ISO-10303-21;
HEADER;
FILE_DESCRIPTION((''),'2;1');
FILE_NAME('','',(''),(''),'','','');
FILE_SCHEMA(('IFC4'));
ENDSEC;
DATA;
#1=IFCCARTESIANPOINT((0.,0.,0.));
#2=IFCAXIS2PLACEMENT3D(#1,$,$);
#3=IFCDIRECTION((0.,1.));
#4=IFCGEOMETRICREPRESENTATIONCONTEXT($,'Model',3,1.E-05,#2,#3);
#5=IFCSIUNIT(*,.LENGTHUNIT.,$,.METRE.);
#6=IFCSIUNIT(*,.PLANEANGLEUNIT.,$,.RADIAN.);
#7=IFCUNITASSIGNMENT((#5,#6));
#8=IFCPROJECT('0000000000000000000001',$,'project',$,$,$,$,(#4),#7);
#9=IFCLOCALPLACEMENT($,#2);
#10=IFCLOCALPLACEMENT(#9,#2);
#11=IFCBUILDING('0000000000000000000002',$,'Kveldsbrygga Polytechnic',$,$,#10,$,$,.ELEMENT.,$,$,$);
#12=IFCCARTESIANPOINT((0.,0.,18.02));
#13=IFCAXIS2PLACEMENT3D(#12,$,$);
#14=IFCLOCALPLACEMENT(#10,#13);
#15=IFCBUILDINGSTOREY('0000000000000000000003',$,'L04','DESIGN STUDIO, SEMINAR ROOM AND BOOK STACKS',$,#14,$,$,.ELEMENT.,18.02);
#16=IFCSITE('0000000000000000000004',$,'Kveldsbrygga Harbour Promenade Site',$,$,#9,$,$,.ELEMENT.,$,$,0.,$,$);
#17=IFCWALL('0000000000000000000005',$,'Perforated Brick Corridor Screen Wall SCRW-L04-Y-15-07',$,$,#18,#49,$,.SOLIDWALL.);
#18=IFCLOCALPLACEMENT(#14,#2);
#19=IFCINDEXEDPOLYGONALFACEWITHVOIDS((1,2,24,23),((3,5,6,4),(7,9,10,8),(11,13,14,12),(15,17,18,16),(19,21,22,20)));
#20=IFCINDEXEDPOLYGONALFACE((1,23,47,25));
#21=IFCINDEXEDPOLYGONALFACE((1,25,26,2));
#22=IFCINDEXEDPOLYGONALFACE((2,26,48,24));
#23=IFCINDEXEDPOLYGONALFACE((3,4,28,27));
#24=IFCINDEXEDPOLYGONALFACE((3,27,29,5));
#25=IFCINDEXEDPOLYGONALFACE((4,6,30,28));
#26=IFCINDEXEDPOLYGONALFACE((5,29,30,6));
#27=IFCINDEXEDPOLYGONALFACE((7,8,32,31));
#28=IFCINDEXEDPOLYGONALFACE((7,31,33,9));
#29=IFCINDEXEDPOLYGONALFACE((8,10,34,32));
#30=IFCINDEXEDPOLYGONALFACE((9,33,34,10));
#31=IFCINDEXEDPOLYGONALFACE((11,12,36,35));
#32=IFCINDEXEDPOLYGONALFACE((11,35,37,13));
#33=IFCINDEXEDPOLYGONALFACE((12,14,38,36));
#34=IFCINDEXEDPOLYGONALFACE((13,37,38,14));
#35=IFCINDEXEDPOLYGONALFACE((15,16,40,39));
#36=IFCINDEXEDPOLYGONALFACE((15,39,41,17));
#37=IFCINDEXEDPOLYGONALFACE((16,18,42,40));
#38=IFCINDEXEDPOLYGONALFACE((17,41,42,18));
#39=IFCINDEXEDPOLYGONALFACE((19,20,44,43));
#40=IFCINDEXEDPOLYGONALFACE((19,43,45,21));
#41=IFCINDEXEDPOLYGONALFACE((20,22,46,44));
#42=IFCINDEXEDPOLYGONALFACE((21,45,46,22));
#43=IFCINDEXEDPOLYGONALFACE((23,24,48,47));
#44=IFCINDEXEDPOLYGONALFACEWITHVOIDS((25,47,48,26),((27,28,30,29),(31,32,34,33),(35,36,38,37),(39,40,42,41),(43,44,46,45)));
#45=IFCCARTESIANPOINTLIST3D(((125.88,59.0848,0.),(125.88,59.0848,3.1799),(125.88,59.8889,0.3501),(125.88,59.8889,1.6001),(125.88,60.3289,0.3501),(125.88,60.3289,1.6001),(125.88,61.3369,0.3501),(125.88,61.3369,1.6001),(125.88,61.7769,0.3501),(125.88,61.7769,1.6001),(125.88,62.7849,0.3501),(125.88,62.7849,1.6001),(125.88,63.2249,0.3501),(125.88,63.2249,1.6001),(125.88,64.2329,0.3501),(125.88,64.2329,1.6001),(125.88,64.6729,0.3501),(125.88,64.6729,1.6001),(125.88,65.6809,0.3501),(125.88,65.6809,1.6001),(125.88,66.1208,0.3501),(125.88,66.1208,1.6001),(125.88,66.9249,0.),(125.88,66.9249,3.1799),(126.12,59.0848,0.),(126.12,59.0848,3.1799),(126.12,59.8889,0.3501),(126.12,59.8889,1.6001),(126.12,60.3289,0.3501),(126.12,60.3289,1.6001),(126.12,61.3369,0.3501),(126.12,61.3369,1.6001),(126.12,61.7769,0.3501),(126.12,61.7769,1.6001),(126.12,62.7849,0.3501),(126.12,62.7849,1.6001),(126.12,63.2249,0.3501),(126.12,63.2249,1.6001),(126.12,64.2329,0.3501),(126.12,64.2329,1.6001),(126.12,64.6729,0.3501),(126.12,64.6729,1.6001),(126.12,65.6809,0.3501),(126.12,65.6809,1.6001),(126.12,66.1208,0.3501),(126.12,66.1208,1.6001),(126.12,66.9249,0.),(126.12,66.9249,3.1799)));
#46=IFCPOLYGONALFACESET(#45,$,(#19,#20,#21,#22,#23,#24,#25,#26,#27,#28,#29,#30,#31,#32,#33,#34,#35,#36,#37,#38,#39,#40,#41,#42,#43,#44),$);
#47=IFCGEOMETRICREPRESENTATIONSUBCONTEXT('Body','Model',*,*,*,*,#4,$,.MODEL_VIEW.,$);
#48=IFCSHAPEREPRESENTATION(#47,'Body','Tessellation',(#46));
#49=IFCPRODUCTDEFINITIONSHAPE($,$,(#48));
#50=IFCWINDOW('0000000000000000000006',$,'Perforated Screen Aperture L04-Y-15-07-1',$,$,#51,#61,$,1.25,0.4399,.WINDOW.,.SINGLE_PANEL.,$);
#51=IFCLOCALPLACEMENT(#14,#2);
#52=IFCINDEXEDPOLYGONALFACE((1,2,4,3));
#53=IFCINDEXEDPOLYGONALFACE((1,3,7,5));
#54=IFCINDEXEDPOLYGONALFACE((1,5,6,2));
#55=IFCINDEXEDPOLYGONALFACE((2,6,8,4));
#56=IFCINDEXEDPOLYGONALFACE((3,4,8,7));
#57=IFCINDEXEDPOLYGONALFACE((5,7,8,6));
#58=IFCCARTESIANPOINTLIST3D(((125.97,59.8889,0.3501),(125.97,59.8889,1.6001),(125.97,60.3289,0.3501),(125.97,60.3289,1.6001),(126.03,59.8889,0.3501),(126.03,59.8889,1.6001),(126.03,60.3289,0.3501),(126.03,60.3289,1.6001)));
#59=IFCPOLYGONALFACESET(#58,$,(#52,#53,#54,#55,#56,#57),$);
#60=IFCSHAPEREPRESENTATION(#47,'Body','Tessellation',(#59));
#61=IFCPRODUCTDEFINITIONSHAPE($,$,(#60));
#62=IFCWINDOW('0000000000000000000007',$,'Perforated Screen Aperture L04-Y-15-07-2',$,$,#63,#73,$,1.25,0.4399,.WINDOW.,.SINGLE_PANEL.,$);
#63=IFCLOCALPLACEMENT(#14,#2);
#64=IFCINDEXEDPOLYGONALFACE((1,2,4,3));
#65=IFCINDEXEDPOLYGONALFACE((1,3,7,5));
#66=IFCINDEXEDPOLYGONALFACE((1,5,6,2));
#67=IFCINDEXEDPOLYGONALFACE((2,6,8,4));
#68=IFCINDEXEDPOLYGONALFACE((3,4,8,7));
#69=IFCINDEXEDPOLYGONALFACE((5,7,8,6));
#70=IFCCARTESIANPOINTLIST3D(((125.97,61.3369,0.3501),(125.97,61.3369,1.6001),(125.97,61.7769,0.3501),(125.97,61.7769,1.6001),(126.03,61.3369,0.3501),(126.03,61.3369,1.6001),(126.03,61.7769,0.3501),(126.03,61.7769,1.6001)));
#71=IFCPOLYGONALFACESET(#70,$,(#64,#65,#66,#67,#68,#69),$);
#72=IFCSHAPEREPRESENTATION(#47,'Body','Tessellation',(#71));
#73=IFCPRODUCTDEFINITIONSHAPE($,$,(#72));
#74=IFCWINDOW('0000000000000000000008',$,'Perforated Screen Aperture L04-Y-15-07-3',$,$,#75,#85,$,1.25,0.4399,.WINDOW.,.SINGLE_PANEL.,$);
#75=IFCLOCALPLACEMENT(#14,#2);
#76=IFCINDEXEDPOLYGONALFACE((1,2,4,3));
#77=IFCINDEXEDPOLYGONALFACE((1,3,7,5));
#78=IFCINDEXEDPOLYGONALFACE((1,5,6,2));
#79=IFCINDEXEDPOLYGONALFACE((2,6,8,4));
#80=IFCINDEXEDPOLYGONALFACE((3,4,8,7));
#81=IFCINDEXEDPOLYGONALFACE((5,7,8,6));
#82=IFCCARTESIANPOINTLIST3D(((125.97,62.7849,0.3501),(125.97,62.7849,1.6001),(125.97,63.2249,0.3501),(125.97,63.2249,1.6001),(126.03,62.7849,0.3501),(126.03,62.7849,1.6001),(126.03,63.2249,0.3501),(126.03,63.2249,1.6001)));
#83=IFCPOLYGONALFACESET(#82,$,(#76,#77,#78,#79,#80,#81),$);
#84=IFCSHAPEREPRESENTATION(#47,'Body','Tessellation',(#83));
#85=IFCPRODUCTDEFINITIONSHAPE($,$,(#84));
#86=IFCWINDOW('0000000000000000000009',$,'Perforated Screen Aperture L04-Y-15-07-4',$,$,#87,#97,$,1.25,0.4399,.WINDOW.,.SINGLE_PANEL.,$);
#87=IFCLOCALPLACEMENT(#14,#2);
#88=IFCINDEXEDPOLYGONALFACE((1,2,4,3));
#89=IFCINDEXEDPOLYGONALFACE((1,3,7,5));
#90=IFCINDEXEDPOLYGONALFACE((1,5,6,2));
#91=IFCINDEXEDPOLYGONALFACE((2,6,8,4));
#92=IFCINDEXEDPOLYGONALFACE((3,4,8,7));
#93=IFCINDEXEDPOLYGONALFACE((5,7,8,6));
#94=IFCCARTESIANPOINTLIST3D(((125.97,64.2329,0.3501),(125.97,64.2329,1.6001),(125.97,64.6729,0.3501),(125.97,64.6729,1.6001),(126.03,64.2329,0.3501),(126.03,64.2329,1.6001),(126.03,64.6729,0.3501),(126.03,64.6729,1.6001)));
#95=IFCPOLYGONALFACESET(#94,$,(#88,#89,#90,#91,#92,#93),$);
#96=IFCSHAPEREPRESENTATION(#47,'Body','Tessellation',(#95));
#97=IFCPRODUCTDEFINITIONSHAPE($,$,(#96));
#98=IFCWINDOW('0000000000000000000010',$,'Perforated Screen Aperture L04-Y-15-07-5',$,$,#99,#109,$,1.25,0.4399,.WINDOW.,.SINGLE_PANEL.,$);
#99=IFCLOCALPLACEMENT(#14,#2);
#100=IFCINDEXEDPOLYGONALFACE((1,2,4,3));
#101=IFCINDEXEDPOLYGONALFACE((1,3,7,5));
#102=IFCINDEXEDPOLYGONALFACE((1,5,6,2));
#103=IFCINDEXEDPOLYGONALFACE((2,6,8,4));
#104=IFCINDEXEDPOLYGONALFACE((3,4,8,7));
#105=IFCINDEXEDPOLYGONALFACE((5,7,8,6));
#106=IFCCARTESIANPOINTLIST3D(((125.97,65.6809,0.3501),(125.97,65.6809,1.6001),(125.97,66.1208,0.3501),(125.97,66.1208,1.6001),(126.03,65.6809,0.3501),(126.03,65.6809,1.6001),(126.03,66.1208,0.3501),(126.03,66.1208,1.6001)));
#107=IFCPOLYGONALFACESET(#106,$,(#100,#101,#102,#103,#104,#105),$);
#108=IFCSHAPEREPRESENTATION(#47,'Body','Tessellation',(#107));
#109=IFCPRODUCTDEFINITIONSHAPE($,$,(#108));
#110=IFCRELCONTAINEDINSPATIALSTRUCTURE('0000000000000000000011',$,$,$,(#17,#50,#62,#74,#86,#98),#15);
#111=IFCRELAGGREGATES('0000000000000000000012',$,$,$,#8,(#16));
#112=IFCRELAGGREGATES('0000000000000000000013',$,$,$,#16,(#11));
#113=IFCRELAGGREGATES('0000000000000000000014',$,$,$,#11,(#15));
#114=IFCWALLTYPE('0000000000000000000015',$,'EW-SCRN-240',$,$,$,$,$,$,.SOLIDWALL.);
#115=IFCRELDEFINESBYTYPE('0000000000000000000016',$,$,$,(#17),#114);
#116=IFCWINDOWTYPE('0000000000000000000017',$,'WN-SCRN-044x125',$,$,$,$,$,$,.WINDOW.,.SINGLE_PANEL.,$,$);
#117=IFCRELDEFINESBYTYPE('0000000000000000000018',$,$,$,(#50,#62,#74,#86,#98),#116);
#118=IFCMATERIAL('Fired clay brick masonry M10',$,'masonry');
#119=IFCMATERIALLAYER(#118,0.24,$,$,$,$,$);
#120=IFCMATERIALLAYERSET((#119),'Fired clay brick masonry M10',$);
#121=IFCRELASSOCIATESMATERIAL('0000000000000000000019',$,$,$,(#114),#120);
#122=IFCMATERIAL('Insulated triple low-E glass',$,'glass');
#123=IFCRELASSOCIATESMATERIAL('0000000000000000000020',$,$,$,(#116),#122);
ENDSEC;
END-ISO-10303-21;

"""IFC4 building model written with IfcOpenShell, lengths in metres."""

from ifc_helpers import new_model, si_unit, direction, frame, frame_2d, origin, place, context, subcontext, project, spatial, rectangle, extrude, material, layer, layer_set, type_object, element, fill, save


model = new_model("IFC4")

# Units and contexts
model_context = context("Model", 3, precision=1e-05, world=origin(), true_north=direction((0.0, 1.0)))
body_context = subcontext(model_context, "Body", "Model", "MODEL_VIEW")
ifc_project = project(units=[si_unit("LENGTHUNIT", "METRE"), si_unit("PLANEANGLEUNIT", "RADIAN")], contexts=[model_context])

# Site, building, storey
site_placement = place(None, origin())
site = spatial("IfcSite", under=ifc_project, at=site_placement, Name="Kveldsbrygga Harbour Promenade Site", CompositionType="ELEMENT", RefElevation=0.0)
building_placement = place(site_placement, origin())
building = spatial("IfcBuilding", under=site, at=building_placement, Name="Kveldsbrygga Polytechnic", CompositionType="ELEMENT")
storey_placement = place(building_placement, frame((0.0, 0.0, 18.02)))
storey = spatial("IfcBuildingStorey", under=building, at=storey_placement, Name="L04", Description="DESIGN STUDIO, SEMINAR ROOM AND BOOK STACKS", CompositionType="ELEMENT", Elevation=18.02)

# Shared definitions
ifc_material_1 = material(Name="Insulated triple low-E glass", Category="glass")

# Wall, openings, windows
ifc_material_2 = material(Name="Fired clay brick masonry M10", Category="masonry")
ifc_layer_1 = layer(ifc_material_2, 0.24)
ifc_layer_set_1 = layer_set([ifc_layer_1], Name="Fired clay brick masonry M10")
wall_type = type_object("IfcWallType", Name="EW-SCRN-240", PredefinedType="SOLIDWALL", material=ifc_layer_set_1)
wall_placement = place(storey_placement, frame((126.0, 59.085, 0.0), z_axis=(0.0, 0.0, 1.0), x_axis=(0.0, 1.0, 0.0)))
wall = element("IfcWall", 1, at=wall_placement, inside=storey, type_object=wall_type, Name="Perforated Brick Corridor Screen Wall SCRW-L04-Y-15-07", PredefinedType="SOLIDWALL", context=body_context, shape_type="SweptSolid", body=[
    extrude(rectangle(XDim=7.8401, YDim=0.24, at=frame_2d((3.9199, 0.0))), origin(), (0.0, 0.0, 1.0), 3.1799),
])
opening_1_placement = place(wall_placement, frame((0.804, 0.0, 0.3501)))
opening_1 = element("IfcOpeningElement", 2, at=opening_1_placement, cuts=wall, PredefinedType="OPENING", context=body_context, shape_type="SweptSolid", body=[
    extrude(rectangle(XDim=0.4399, YDim=1.25, at=frame_2d((0.22, 0.625))), frame((0.0, 0.1299, 0.0), z_axis=(0.0, -1.0, 0.0), x_axis=(1.0, 0.0, 0.0)), (0.0, 0.0, 1.0), 0.26),
])
opening_2_placement = place(wall_placement, frame((2.252, 0.0, 0.3501)))
opening_2 = element("IfcOpeningElement", 3, at=opening_2_placement, cuts=wall, PredefinedType="OPENING", context=body_context, shape_type="SweptSolid", body=[
    extrude(rectangle(XDim=0.4399, YDim=1.25, at=frame_2d((0.22, 0.625))), frame((0.0, 0.1299, 0.0), z_axis=(0.0, -1.0, 0.0), x_axis=(1.0, 0.0, 0.0)), (0.0, 0.0, 1.0), 0.26),
])
opening_3_placement = place(wall_placement, frame((3.7, 0.0, 0.3501)))
opening_3 = element("IfcOpeningElement", 4, at=opening_3_placement, cuts=wall, PredefinedType="OPENING", context=body_context, shape_type="SweptSolid", body=[
    extrude(rectangle(XDim=0.4399, YDim=1.25, at=frame_2d((0.22, 0.625))), frame((0.0, 0.1299, 0.0), z_axis=(0.0, -1.0, 0.0), x_axis=(1.0, 0.0, 0.0)), (0.0, 0.0, 1.0), 0.26),
])
opening_4_placement = place(wall_placement, frame((5.1479, 0.0, 0.3501)))
opening_4 = element("IfcOpeningElement", 5, at=opening_4_placement, cuts=wall, PredefinedType="OPENING", context=body_context, shape_type="SweptSolid", body=[
    extrude(rectangle(XDim=0.4399, YDim=1.25, at=frame_2d((0.22, 0.625))), frame((0.0, 0.1299, 0.0), z_axis=(0.0, -1.0, 0.0), x_axis=(1.0, 0.0, 0.0)), (0.0, 0.0, 1.0), 0.26),
])
opening_5_placement = place(wall_placement, frame((6.5959, 0.0, 0.3501)))
opening_5 = element("IfcOpeningElement", 6, at=opening_5_placement, cuts=wall, PredefinedType="OPENING", context=body_context, shape_type="SweptSolid", body=[
    extrude(rectangle(XDim=0.4399, YDim=1.25, at=frame_2d((0.22, 0.625))), frame((0.0, 0.1299, 0.0), z_axis=(0.0, -1.0, 0.0), x_axis=(1.0, 0.0, 0.0)), (0.0, 0.0, 1.0), 0.26),
])
window_type = type_object("IfcWindowType", Name="WN-SCRN-044x125", PartitioningType="SINGLE_PANEL", PredefinedType="WINDOW", material=ifc_material_1)
window_1_placement = place(opening_1_placement, origin())
window_1 = element("IfcWindow", 7, at=window_1_placement, inside=storey, type_object=window_type, Name="Perforated Screen Aperture L04-Y-15-07-1", OverallHeight=1.25, OverallWidth=0.4399, PartitioningType="SINGLE_PANEL", PredefinedType="WINDOW", context=body_context, shape_type="SweptSolid", body=[
    extrude(rectangle(XDim=0.4399, YDim=1.25, at=frame_2d((0.22, 0.625))), frame((0.0, 0.03, 0.0), z_axis=(0.0, -1.0, 0.0), x_axis=(1.0, 0.0, 0.0)), (0.0, 0.0, 1.0), 0.0601),
])
fill(opening_1, window_1)
window_2_placement = place(opening_2_placement, origin())
window_2 = element("IfcWindow", 8, at=window_2_placement, inside=storey, type_object=window_type, Name="Perforated Screen Aperture L04-Y-15-07-2", OverallHeight=1.25, OverallWidth=0.4399, PartitioningType="SINGLE_PANEL", PredefinedType="WINDOW", context=body_context, shape_type="SweptSolid", body=[
    extrude(rectangle(XDim=0.4399, YDim=1.25, at=frame_2d((0.22, 0.625))), frame((0.0, 0.03, 0.0), z_axis=(0.0, -1.0, 0.0), x_axis=(1.0, 0.0, 0.0)), (0.0, 0.0, 1.0), 0.0601),
])
fill(opening_2, window_2)
window_3_placement = place(opening_3_placement, origin())
window_3 = element("IfcWindow", 9, at=window_3_placement, inside=storey, type_object=window_type, Name="Perforated Screen Aperture L04-Y-15-07-3", OverallHeight=1.25, OverallWidth=0.4399, PartitioningType="SINGLE_PANEL", PredefinedType="WINDOW", context=body_context, shape_type="SweptSolid", body=[
    extrude(rectangle(XDim=0.4399, YDim=1.25, at=frame_2d((0.22, 0.625))), frame((0.0, 0.03, 0.0), z_axis=(0.0, -1.0, 0.0), x_axis=(1.0, 0.0, 0.0)), (0.0, 0.0, 1.0), 0.0601),
])
fill(opening_3, window_3)
window_4_placement = place(opening_4_placement, origin())
window_4 = element("IfcWindow", 10, at=window_4_placement, inside=storey, type_object=window_type, Name="Perforated Screen Aperture L04-Y-15-07-4", OverallHeight=1.25, OverallWidth=0.4399, PartitioningType="SINGLE_PANEL", PredefinedType="WINDOW", context=body_context, shape_type="SweptSolid", body=[
    extrude(rectangle(XDim=0.4399, YDim=1.25, at=frame_2d((0.22, 0.625))), frame((0.0, 0.03, 0.0), z_axis=(0.0, -1.0, 0.0), x_axis=(1.0, 0.0, 0.0)), (0.0, 0.0, 1.0), 0.0601),
])
fill(opening_4, window_4)
window_5_placement = place(opening_5_placement, origin())
window_5 = element("IfcWindow", 11, at=window_5_placement, inside=storey, type_object=window_type, Name="Perforated Screen Aperture L04-Y-15-07-5", OverallHeight=1.25, OverallWidth=0.4399, PartitioningType="SINGLE_PANEL", PredefinedType="WINDOW", context=body_context, shape_type="SweptSolid", body=[
    extrude(rectangle(XDim=0.4399, YDim=1.25, at=frame_2d((0.22, 0.625))), frame((0.0, 0.03, 0.0), z_axis=(0.0, -1.0, 0.0), x_axis=(1.0, 0.0, 0.0)), (0.0, 0.0, 1.0), 0.0601),
])
fill(opening_5, window_5)

save(model, "model.ifc")
